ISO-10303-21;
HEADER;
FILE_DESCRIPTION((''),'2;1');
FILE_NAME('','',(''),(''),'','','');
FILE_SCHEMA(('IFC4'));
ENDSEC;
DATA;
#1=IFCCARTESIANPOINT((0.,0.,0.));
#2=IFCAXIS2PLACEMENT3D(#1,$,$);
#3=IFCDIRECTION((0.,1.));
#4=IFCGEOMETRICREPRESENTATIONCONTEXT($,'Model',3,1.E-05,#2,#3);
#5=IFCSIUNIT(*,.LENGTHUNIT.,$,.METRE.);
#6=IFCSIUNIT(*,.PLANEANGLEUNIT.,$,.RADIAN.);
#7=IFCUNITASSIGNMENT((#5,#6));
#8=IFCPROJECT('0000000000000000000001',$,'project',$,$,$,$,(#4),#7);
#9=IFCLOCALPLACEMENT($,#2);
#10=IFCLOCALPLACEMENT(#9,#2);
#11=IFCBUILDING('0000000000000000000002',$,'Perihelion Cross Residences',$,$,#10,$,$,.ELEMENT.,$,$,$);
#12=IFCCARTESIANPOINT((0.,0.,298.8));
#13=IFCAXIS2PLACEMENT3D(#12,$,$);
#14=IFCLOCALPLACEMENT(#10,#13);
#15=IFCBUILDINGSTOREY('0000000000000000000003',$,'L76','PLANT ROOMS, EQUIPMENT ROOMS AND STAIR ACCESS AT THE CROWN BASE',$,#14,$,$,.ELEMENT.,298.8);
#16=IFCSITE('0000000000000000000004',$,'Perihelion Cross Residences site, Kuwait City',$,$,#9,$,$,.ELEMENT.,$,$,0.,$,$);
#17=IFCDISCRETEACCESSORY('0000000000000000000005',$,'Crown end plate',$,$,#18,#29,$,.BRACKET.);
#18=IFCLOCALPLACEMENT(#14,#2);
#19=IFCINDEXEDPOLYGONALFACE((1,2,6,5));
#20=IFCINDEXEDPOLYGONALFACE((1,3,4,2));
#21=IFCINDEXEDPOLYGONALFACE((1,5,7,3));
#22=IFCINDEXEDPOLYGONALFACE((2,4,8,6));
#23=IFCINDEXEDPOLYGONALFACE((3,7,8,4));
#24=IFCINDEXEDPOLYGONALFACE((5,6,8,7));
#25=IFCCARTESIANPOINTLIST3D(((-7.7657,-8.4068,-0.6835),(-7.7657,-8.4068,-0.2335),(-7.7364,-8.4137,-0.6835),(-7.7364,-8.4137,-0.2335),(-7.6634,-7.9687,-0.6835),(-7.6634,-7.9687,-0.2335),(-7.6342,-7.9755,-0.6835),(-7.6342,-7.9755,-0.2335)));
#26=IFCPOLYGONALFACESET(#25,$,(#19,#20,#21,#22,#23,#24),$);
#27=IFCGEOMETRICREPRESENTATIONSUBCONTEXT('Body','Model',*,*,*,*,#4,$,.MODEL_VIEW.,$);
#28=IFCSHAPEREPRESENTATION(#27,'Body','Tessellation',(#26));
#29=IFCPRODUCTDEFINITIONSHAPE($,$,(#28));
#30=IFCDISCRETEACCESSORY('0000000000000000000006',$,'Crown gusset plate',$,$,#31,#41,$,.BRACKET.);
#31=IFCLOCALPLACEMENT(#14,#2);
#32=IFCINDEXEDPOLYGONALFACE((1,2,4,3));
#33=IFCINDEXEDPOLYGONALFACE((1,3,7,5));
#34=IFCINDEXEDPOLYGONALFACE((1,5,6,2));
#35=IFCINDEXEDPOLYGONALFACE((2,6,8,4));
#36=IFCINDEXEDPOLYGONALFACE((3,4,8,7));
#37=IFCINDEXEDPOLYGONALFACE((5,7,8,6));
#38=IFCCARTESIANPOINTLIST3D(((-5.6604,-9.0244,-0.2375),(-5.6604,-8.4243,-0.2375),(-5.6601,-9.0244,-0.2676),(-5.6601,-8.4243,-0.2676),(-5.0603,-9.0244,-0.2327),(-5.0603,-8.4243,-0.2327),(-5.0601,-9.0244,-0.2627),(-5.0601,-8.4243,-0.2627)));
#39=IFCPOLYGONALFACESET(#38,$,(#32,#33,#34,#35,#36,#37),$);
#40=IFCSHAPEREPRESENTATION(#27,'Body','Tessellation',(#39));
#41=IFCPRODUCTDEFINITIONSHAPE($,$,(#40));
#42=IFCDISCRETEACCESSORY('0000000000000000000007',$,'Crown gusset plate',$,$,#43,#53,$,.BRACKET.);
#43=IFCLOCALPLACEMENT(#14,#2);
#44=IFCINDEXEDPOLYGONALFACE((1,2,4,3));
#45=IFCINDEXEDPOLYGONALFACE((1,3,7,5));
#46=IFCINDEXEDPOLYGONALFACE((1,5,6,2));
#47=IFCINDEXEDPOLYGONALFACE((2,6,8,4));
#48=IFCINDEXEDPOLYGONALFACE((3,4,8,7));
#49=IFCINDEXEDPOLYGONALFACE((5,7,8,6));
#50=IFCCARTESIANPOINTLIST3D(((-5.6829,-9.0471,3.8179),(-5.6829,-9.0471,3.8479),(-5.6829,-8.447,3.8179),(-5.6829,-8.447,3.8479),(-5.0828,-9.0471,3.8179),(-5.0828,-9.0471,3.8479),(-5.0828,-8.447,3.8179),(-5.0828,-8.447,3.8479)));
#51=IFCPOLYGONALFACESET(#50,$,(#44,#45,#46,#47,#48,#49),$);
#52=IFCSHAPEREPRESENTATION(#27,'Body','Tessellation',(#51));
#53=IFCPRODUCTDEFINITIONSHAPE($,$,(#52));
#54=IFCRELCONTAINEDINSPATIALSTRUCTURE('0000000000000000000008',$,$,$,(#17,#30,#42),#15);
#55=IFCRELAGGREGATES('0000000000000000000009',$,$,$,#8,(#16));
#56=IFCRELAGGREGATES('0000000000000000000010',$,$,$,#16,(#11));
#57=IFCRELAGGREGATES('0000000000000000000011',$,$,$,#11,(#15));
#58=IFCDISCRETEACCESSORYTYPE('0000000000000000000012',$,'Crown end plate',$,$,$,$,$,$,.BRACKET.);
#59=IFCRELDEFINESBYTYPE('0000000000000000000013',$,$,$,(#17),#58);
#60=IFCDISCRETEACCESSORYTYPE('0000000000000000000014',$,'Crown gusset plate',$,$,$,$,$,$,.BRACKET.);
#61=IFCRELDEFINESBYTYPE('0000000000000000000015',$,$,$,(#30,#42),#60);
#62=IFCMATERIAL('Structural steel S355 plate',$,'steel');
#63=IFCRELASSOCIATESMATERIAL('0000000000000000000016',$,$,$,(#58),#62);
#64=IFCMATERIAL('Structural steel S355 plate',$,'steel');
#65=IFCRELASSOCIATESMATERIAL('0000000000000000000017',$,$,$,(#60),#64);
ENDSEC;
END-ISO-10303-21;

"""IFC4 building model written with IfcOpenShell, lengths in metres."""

from ifc_helpers import new_model, si_unit, direction, frame, origin, origin_2d, place, context, subcontext, project, spatial, rectangle, extrude, material, material_profile, profile_set, type_object, element, save


model = new_model("IFC4")

# Units and contexts
model_context = context("Model", 3, precision=1e-05, world=origin(), true_north=direction((0.0, 1.0)))
body_context = subcontext(model_context, "Body", "Model", "MODEL_VIEW")
ifc_project = project(units=[si_unit("LENGTHUNIT", "METRE"), si_unit("PLANEANGLEUNIT", "RADIAN")], contexts=[model_context])

# Site, building, storey
site_placement = place(None, origin())
site = spatial("IfcSite", under=ifc_project, at=site_placement, Name="Perihelion Cross Residences site, Kuwait City", CompositionType="ELEMENT", RefElevation=0.0)
building_placement = place(site_placement, origin())
building = spatial("IfcBuilding", under=site, at=building_placement, Name="Perihelion Cross Residences", CompositionType="ELEMENT")
storey_placement = place(building_placement, frame((0.0, 0.0, 298.8)))
storey = spatial("IfcBuildingStorey", under=building, at=storey_placement, Name="L76", Description="PLANT ROOMS, EQUIPMENT ROOMS AND STAIR ACCESS AT THE CROWN BASE", CompositionType="ELEMENT", Elevation=298.8)

# Discrete accessories
ifc_material_1 = material(Name="Structural steel S355 plate", Category="steel")
ifc_material_profile_1 = material_profile(ifc_material_1, rectangle(XDim=0.45, YDim=0.45, at=origin_2d()), Name="Crown end plate")
ifc_profile_set_1 = profile_set([ifc_material_profile_1], Name="Structural steel S355 plate")
discrete_accessory_type_1 = type_object("IfcDiscreteAccessoryType", Name="Crown end plate", PredefinedType="BRACKET", material=ifc_profile_set_1)
for number, where, z_axis, x_axis, name in (
    (1, (-7.6853, -8.1946, -0.4585), (-0.973841, 0.22723, 0.0), (-0.22723, -0.973841, 0.0), "Crown end plate"),
):
    element("IfcDiscreteAccessory", number, at=place(storey_placement, frame(where, z_axis=z_axis, x_axis=x_axis)), inside=storey, type_object=discrete_accessory_type_1, Name=name, PredefinedType="BRACKET", context=body_context, shape_type="SweptSolid", body=[
        extrude(rectangle(XDim=0.45, YDim=0.45, at=origin_2d()), origin(), (0.0, 0.0, 1.0), 0.03),
    ])
ifc_material_2 = material(Name="Structural steel S355 plate", Category="steel")
ifc_material_profile_2 = material_profile(ifc_material_2, rectangle(XDim=0.6001, YDim=0.6001, at=origin_2d()), Name="Crown gusset plate")
ifc_profile_set_2 = profile_set([ifc_material_profile_2], Name="Structural steel S355 plate")
discrete_accessory_type_2 = type_object("IfcDiscreteAccessoryType", Name="Crown gusset plate", PredefinedType="BRACKET", material=ifc_profile_set_2)
for number, where, z_axis, x_axis, name in (
    (2, (-5.3601, -8.7244, -0.2651), (-0.00813, 0.0, 0.999967), (0.0, -1.0, 0.0), "Crown gusset plate"),
    (3, (-5.3828, -8.7471, 3.8179), (0.0, 0.0, 1.0), (1.0, 0.0, 0.0), "Crown gusset plate"),
):
    element("IfcDiscreteAccessory", number, at=place(storey_placement, frame(where, z_axis=z_axis, x_axis=x_axis)), inside=storey, type_object=discrete_accessory_type_2, Name=name, PredefinedType="BRACKET", context=body_context, shape_type="SweptSolid", body=[
        extrude(rectangle(XDim=0.6001, YDim=0.6001, at=origin_2d()), origin(), (0.0, 0.0, 1.0), 0.03),
    ])

save(model, "model.ifc")
